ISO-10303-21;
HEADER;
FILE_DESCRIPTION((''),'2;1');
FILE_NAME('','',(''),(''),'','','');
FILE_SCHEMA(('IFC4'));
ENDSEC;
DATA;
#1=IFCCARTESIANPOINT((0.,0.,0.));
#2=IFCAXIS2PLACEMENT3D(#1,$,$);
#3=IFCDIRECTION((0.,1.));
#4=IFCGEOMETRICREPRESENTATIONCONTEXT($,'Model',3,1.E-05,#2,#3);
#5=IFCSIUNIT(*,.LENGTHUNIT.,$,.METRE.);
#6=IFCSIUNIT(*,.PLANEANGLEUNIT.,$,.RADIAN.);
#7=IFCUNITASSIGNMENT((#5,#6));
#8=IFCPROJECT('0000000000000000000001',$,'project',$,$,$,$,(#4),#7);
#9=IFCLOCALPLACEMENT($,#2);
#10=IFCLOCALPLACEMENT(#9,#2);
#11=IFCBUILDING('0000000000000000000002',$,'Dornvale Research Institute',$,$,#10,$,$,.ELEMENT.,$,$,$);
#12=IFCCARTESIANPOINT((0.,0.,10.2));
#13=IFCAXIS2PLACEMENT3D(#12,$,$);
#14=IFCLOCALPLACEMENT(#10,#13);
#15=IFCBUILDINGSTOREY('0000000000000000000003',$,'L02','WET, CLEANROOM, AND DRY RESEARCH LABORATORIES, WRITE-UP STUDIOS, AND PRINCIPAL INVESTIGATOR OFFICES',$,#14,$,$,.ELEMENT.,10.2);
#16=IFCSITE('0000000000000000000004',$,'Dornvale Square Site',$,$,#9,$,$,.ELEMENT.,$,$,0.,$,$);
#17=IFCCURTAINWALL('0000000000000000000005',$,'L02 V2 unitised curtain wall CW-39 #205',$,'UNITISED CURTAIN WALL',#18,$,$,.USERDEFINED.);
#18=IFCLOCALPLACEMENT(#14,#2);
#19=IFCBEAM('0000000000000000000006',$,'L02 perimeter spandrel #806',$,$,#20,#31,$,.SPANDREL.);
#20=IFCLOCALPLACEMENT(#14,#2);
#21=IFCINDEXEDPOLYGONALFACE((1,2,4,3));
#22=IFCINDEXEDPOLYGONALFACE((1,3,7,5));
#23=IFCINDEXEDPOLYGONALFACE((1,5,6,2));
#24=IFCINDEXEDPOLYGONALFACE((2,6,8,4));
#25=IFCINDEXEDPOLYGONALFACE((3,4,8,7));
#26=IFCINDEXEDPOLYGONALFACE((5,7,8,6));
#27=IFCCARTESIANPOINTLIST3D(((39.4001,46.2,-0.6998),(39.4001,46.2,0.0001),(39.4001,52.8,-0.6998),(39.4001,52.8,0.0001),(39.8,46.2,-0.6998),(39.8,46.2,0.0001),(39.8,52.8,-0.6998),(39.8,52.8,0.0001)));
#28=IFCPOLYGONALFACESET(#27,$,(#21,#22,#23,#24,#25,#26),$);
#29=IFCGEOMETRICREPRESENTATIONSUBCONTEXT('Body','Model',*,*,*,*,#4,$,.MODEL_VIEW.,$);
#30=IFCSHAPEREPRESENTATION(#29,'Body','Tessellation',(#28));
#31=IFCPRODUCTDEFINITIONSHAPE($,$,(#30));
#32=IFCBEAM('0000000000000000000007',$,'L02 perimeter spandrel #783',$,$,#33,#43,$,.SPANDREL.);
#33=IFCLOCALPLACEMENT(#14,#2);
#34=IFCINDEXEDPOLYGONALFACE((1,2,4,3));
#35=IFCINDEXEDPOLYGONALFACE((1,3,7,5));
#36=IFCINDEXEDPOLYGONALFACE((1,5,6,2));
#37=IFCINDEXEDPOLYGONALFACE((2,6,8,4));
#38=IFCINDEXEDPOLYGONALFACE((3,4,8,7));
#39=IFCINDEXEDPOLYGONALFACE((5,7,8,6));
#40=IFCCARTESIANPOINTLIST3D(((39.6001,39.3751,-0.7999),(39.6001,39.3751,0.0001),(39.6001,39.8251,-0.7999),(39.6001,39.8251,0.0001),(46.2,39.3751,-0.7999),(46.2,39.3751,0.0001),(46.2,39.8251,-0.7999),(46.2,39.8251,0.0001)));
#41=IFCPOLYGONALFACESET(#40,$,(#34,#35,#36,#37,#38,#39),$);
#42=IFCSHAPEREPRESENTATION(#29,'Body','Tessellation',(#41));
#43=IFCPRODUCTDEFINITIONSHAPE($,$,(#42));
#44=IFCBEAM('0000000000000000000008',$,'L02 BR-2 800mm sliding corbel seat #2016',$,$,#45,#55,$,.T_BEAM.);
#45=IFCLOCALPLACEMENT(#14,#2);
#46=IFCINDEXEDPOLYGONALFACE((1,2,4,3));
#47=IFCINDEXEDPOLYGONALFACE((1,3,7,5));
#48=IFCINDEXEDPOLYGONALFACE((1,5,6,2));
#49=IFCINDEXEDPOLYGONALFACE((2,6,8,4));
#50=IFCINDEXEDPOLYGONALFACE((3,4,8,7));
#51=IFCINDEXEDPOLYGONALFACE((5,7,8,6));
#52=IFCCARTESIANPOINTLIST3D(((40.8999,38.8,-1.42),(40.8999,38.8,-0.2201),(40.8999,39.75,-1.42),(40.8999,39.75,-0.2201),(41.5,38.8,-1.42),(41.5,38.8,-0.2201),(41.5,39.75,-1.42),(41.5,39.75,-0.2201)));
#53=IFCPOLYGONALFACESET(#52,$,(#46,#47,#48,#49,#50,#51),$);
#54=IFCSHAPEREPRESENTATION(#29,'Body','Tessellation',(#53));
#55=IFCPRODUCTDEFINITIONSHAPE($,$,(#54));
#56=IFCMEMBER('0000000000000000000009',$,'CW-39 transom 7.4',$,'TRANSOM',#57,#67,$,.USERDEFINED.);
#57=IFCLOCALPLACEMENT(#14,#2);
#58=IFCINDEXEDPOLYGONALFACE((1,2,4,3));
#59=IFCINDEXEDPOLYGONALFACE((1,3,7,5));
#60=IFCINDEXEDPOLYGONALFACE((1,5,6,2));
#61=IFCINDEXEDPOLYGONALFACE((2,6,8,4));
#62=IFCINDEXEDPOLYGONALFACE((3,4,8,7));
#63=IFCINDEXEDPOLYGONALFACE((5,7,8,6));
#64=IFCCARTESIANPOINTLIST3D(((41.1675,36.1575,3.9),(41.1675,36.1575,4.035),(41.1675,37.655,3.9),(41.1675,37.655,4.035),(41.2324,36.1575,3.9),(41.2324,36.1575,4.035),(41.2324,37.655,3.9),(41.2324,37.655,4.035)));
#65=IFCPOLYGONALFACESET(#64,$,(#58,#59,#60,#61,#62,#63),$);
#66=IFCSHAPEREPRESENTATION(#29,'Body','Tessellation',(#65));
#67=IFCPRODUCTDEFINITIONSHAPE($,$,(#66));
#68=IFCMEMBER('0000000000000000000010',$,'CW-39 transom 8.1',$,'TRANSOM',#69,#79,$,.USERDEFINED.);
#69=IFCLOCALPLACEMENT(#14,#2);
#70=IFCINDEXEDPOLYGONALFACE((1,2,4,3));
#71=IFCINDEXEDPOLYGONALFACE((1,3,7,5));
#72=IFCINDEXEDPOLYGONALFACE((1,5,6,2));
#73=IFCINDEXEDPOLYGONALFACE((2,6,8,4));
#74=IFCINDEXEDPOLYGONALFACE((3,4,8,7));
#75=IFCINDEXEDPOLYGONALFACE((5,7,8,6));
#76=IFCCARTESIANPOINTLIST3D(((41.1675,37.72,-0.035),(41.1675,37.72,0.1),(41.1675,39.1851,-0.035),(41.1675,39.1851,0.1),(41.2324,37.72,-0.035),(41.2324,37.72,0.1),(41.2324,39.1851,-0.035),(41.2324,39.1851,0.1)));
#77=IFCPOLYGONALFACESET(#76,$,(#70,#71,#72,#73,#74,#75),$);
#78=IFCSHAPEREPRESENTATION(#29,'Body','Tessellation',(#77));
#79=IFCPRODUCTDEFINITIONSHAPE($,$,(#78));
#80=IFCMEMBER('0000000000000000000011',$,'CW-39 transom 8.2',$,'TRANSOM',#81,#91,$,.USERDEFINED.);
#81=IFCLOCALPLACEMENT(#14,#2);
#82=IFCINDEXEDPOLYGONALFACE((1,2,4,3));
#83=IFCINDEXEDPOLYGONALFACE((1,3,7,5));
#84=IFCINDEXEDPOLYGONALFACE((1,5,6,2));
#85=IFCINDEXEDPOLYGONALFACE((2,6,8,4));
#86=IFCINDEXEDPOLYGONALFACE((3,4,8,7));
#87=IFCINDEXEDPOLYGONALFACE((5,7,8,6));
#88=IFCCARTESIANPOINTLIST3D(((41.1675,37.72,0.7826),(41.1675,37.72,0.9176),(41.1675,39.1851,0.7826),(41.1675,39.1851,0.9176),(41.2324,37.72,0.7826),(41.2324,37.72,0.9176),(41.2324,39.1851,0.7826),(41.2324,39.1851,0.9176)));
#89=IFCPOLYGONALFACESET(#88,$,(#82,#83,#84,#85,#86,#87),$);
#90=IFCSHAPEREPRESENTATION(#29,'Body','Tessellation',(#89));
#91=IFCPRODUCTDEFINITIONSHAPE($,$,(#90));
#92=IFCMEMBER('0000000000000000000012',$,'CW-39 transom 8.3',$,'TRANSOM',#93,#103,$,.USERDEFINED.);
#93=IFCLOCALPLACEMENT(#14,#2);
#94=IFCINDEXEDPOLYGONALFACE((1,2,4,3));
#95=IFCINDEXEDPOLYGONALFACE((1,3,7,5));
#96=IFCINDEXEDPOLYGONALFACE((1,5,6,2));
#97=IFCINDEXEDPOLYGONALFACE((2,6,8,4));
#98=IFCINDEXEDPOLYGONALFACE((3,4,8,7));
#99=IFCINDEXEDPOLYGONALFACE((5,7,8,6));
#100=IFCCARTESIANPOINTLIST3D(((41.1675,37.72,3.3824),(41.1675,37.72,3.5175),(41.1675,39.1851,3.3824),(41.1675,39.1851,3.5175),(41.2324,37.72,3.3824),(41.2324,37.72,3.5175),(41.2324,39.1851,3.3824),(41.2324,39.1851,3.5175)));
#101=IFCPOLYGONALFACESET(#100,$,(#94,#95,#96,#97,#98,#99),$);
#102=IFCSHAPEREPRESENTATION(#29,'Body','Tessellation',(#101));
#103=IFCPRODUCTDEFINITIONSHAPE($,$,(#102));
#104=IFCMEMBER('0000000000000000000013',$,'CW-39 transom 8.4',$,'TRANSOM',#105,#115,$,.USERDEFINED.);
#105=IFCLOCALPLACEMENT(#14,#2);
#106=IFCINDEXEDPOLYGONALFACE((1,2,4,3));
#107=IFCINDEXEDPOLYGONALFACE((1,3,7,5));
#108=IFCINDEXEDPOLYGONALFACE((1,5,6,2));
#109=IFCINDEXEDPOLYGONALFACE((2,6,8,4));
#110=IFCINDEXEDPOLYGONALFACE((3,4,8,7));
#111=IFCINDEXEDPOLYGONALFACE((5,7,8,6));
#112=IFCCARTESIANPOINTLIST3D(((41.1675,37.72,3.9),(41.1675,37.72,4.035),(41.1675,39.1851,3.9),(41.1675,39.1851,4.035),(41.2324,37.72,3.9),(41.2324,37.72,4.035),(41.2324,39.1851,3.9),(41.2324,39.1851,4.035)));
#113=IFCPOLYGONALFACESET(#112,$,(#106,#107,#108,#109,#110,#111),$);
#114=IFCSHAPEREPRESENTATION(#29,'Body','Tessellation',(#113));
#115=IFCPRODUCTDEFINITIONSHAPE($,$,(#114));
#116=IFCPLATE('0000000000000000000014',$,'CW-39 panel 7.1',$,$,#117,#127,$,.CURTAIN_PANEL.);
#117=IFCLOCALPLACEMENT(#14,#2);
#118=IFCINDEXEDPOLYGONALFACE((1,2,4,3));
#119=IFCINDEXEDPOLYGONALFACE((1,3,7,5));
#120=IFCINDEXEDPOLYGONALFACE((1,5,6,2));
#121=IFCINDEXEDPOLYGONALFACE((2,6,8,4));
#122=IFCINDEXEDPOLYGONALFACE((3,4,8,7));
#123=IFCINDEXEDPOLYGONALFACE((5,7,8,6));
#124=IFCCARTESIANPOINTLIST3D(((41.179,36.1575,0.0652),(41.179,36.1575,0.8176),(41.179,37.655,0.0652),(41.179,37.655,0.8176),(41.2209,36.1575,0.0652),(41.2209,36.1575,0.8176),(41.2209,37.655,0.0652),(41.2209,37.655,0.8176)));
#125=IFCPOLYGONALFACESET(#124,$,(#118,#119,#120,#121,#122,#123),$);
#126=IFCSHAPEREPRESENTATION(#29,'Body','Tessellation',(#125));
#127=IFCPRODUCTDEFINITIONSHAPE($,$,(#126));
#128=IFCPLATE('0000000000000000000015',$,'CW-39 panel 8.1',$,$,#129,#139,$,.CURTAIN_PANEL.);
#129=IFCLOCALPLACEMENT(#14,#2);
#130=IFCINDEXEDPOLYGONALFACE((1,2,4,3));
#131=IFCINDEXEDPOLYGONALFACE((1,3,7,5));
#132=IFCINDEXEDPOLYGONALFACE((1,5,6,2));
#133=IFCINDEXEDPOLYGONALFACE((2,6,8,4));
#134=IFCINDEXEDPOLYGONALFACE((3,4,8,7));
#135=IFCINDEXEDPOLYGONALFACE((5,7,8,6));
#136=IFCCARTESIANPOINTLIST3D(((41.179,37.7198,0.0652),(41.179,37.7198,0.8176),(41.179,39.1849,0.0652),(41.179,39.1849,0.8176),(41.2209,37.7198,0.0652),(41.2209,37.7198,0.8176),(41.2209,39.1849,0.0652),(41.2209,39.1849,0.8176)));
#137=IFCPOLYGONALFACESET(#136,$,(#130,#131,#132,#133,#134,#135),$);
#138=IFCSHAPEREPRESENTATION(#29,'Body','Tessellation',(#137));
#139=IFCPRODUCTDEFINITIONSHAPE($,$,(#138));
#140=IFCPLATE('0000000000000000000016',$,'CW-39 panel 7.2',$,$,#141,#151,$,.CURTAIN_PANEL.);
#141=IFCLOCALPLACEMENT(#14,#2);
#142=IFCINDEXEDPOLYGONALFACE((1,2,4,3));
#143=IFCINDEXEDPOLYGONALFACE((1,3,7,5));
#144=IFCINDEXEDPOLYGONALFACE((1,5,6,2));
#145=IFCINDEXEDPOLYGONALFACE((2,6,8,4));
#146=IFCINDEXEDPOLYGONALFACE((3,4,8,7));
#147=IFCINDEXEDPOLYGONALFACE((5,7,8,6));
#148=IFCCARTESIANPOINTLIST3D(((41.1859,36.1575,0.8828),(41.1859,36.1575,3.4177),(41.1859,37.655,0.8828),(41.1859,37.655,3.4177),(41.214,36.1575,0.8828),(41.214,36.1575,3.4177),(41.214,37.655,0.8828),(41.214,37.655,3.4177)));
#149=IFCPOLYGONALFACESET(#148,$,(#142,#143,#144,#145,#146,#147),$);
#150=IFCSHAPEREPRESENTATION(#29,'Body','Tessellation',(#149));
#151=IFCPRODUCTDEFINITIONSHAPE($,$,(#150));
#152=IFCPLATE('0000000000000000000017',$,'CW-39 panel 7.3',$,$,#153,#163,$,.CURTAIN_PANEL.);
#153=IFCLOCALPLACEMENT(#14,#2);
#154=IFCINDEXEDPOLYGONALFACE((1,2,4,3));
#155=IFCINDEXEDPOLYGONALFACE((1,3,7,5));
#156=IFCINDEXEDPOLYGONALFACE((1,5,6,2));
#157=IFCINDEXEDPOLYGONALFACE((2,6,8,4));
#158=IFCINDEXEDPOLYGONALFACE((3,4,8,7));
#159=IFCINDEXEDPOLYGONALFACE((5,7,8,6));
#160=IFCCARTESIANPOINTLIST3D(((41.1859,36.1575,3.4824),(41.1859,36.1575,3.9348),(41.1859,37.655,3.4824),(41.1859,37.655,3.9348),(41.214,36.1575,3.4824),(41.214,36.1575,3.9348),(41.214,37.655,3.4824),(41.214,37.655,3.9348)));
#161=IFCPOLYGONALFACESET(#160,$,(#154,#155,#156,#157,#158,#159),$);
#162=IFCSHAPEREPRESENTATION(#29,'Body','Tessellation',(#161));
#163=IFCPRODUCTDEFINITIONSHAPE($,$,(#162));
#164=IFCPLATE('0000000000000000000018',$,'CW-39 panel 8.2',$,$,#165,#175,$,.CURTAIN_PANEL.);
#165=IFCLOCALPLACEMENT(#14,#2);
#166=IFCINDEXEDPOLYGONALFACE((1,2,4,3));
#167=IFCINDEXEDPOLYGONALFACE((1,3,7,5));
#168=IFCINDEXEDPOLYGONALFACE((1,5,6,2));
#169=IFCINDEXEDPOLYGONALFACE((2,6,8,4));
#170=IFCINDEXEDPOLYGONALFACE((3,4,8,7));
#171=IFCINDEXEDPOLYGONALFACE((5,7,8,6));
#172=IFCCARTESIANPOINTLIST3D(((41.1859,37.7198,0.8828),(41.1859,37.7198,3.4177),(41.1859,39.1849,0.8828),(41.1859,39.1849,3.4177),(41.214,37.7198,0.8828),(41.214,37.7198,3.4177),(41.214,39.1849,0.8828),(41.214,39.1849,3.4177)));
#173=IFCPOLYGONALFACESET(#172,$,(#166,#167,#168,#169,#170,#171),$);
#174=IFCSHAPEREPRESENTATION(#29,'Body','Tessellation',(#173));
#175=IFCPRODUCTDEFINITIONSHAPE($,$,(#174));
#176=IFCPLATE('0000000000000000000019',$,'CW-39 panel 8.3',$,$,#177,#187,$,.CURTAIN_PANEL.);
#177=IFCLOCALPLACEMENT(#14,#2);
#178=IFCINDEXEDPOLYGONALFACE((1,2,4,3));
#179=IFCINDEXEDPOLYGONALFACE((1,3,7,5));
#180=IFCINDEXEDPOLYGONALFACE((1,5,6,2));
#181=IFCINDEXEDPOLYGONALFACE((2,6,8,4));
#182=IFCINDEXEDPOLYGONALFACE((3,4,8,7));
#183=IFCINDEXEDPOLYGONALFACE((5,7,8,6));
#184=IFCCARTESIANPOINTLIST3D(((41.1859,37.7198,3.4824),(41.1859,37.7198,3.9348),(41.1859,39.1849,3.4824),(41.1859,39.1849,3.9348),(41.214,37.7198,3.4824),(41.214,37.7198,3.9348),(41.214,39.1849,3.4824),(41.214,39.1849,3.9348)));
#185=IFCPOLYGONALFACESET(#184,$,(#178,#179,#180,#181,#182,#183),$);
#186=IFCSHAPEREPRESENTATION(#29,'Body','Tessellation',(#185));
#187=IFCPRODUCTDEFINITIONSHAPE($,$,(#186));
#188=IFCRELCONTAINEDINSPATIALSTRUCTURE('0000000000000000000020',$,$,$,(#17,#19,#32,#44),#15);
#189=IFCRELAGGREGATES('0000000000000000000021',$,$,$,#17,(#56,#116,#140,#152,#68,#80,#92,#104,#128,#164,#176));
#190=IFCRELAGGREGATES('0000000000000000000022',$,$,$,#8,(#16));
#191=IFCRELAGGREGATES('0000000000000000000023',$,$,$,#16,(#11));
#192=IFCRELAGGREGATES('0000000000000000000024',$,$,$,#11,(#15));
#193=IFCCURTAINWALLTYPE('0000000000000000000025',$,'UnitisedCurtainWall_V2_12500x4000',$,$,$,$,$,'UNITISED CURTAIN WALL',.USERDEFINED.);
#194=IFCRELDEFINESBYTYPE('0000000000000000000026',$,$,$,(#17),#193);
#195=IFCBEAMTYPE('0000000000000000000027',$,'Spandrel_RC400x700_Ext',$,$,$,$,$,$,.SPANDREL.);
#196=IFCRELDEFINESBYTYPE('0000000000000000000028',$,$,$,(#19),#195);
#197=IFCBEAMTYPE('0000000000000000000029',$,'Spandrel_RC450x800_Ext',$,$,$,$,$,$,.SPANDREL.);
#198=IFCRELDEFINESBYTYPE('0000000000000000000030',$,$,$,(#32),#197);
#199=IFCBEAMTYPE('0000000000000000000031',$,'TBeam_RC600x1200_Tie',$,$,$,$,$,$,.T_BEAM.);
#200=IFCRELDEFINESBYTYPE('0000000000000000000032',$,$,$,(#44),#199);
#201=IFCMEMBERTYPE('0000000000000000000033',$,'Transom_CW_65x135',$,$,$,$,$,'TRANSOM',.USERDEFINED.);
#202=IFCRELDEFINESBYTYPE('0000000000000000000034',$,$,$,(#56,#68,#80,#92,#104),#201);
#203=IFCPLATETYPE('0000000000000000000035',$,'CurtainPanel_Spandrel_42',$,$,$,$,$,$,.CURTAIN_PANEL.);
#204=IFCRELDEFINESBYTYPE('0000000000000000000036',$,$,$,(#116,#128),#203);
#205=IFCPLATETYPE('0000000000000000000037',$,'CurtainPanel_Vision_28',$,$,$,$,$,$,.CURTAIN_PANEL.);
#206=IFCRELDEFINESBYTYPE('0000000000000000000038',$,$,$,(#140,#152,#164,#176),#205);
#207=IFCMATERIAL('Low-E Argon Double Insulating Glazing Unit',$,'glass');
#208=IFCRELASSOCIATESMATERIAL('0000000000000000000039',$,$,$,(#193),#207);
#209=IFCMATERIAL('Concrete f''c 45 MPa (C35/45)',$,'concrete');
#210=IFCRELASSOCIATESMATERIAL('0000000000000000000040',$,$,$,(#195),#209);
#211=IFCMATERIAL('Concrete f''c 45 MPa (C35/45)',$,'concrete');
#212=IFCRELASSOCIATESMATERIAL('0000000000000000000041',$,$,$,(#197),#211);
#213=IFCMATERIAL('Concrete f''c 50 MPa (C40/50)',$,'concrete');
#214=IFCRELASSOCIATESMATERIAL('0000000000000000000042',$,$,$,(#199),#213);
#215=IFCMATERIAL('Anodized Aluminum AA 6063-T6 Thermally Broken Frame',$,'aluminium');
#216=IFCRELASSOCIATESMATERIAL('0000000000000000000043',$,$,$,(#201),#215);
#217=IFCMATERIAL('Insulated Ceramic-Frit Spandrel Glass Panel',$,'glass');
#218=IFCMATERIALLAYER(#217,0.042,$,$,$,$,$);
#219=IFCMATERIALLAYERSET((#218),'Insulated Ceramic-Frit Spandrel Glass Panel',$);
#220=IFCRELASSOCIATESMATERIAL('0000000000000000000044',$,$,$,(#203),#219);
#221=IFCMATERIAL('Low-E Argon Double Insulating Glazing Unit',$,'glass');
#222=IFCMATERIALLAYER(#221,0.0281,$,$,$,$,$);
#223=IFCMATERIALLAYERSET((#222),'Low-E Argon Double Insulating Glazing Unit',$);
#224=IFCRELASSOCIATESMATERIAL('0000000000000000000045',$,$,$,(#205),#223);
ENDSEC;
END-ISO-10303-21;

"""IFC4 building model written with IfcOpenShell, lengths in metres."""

from ifc_helpers import new_model, si_unit, direction, frame, origin, origin_2d, place, context, subcontext, project, spatial, rectangle, extrude, material, layer, layer_set, material_profile, profile_set, type_object, element, aggregate, save


model = new_model("IFC4")

# Units and contexts
model_context = context("Model", 3, precision=1e-05, world=origin(), true_north=direction((0.0, 1.0)))
body_context = subcontext(model_context, "Body", "Model", "MODEL_VIEW")
ifc_project = project(units=[si_unit("LENGTHUNIT", "METRE"), si_unit("PLANEANGLEUNIT", "RADIAN")], contexts=[model_context])

# Site, building, storey
site_placement = place(None, origin())
site = spatial("IfcSite", under=ifc_project, at=site_placement, Name="Dornvale Square Site", CompositionType="ELEMENT", RefElevation=0.0)
building_placement = place(site_placement, origin())
building = spatial("IfcBuilding", under=site, at=building_placement, Name="Dornvale Research Institute", CompositionType="ELEMENT")
storey_placement = place(building_placement, frame((0.0, 0.0, 10.2)))
storey = spatial("IfcBuildingStorey", under=building, at=storey_placement, Name="L02", Description="WET, CLEANROOM, AND DRY RESEARCH LABORATORIES, WRITE-UP STUDIOS, AND PRINCIPAL INVESTIGATOR OFFICES", CompositionType="ELEMENT", Elevation=10.2)

# Curtain wall
ifc_material_1 = material(Name="Low-E Argon Double Insulating Glazing Unit", Category="glass")
curtain_wall_type = type_object("IfcCurtainWallType", Name="UnitisedCurtainWall_V2_12500x4000", ElementType="UNITISED CURTAIN WALL", PredefinedType="USERDEFINED", material=ifc_material_1)
curtain_wall_placement = place(storey_placement, origin())
curtain_wall = element("IfcCurtainWall", 1, at=curtain_wall_placement, inside=storey, type_object=curtain_wall_type, Name="L02 V2 unitised curtain wall CW-39 #205", ObjectType="UNITISED CURTAIN WALL", PredefinedType="USERDEFINED")

# Beams
ifc_material_2 = material(Name="Concrete f'c 45 MPa (C35/45)", Category="concrete")
ifc_material_profile_1 = material_profile(ifc_material_2, rectangle(XDim=0.3999, YDim=0.7, at=origin_2d()), Name="RC 400x700")
ifc_profile_set_1 = profile_set([ifc_material_profile_1], Name="Concrete f'c 45 MPa (C35/45)")
beam_type_1 = type_object("IfcBeamType", Name="Spandrel_RC400x700_Ext", PredefinedType="SPANDREL", material=ifc_profile_set_1)
beam_1_placement = place(storey_placement, frame((39.6001, 46.2, -0.3499), z_axis=(0.0, 1.0, 0.0), x_axis=(-1.0, 0.0, 0.0)))
element("IfcBeam", 2, at=beam_1_placement, inside=storey, type_object=beam_type_1, Name="L02 perimeter spandrel #806", PredefinedType="SPANDREL", context=body_context, shape_type="SweptSolid", body=[
    extrude(rectangle(XDim=0.3999, YDim=0.7, at=origin_2d()), origin(), (0.0, 0.0, 1.0), 6.6001),
])
ifc_material_3 = material(Name="Concrete f'c 45 MPa (C35/45)", Category="concrete")
ifc_material_profile_2 = material_profile(ifc_material_3, rectangle(XDim=0.45, YDim=0.8, at=origin_2d()), Name="RC 450x800")
ifc_profile_set_2 = profile_set([ifc_material_profile_2], Name="Concrete f'c 45 MPa (C35/45)")
beam_type_2 = type_object("IfcBeamType", Name="Spandrel_RC450x800_Ext", PredefinedType="SPANDREL", material=ifc_profile_set_2)
beam_2_placement = place(storey_placement, frame((39.6001, 39.6001, -0.3999), z_axis=(1.0, 0.0, 0.0), x_axis=(0.0, 1.0, 0.0)))
element("IfcBeam", 3, at=beam_2_placement, inside=storey, type_object=beam_type_2, Name="L02 perimeter spandrel #783", PredefinedType="SPANDREL", context=body_context, shape_type="SweptSolid", body=[
    extrude(rectangle(XDim=0.45, YDim=0.8, at=origin_2d()), origin(), (0.0, 0.0, 1.0), 6.5999),
])
ifc_material_4 = material(Name="Concrete f'c 50 MPa (C40/50)", Category="concrete")
ifc_material_profile_3 = material_profile(ifc_material_4, rectangle(XDim=0.6001, YDim=1.2, at=origin_2d()), Name="RC 600x1200")
ifc_profile_set_3 = profile_set([ifc_material_profile_3], Name="Concrete f'c 50 MPa (C40/50)")
beam_type_3 = type_object("IfcBeamType", Name="TBeam_RC600x1200_Tie", PredefinedType="T_BEAM", material=ifc_profile_set_3)
beam_3_placement = place(storey_placement, frame((41.2, 38.8, -0.8201), z_axis=(0.0, 1.0, 0.0), x_axis=(-1.0, 0.0, 0.0)))
element("IfcBeam", 4, at=beam_3_placement, inside=storey, type_object=beam_type_3, Name="L02 BR-2 800mm sliding corbel seat #2016", PredefinedType="T_BEAM", context=body_context, shape_type="SweptSolid", body=[
    extrude(rectangle(XDim=0.6001, YDim=1.2, at=origin_2d()), origin(), (0.0, 0.0, 1.0), 0.95),
])

# Members
ifc_material_5 = material(Name="Anodized Aluminum AA 6063-T6 Thermally Broken Frame", Category="aluminium")
ifc_material_profile_4 = material_profile(ifc_material_5, rectangle(XDim=0.0649, YDim=0.135, at=origin_2d()), Name="ALU TRANSOM 65x135")
ifc_profile_set_4 = profile_set([ifc_material_profile_4], Name="Anodized Aluminum AA 6063-T6 Thermally Broken Frame")
member_type_1 = type_object("IfcMemberType", Name="Transom_CW_65x135", ElementType="TRANSOM", PredefinedType="USERDEFINED", material=ifc_profile_set_4)
member_1_placement = place(storey_placement, frame((41.2, 36.1575, 3.9675), z_axis=(0.0, 1.0, 0.0), x_axis=(-1.0, 0.0, 0.0)))
member_1 = element("IfcMember", 5, at=member_1_placement, type_object=member_type_1, Name="CW-39 transom 7.4", ObjectType="TRANSOM", PredefinedType="USERDEFINED", context=body_context, shape_type="SweptSolid", body=[
    extrude(rectangle(XDim=0.0649, YDim=0.135, at=origin_2d()), origin(), (0.0, 0.0, 1.0), 1.4976),
])
member_2_placement = place(storey_placement, frame((41.2, 37.72, 0.0325), z_axis=(0.0, 1.0, 0.0), x_axis=(-1.0, 0.0, 0.0)))
member_2 = element("IfcMember", 6, at=member_2_placement, type_object=member_type_1, Name="CW-39 transom 8.1", ObjectType="TRANSOM", PredefinedType="USERDEFINED", context=body_context, shape_type="SweptSolid", body=[
    extrude(rectangle(XDim=0.0649, YDim=0.135, at=origin_2d()), origin(), (0.0, 0.0, 1.0), 1.4651),
])
member_3_placement = place(storey_placement, frame((41.2, 37.72, 0.8501), z_axis=(0.0, 1.0, 0.0), x_axis=(-1.0, 0.0, 0.0)))
member_3 = element("IfcMember", 7, at=member_3_placement, type_object=member_type_1, Name="CW-39 transom 8.2", ObjectType="TRANSOM", PredefinedType="USERDEFINED", context=body_context, shape_type="SweptSolid", body=[
    extrude(rectangle(XDim=0.0649, YDim=0.135, at=origin_2d()), origin(), (0.0, 0.0, 1.0), 1.4651),
])
member_4_placement = place(storey_placement, frame((41.2, 37.72, 3.45), z_axis=(0.0, 1.0, 0.0), x_axis=(-1.0, 0.0, 0.0)))
member_4 = element("IfcMember", 8, at=member_4_placement, type_object=member_type_1, Name="CW-39 transom 8.3", ObjectType="TRANSOM", PredefinedType="USERDEFINED", context=body_context, shape_type="SweptSolid", body=[
    extrude(rectangle(XDim=0.0649, YDim=0.135, at=origin_2d()), origin(), (0.0, 0.0, 1.0), 1.4651),
])
member_5_placement = place(storey_placement, frame((41.2, 37.72, 3.9675), z_axis=(0.0, 1.0, 0.0), x_axis=(-1.0, 0.0, 0.0)))
member_5 = element("IfcMember", 9, at=member_5_placement, type_object=member_type_1, Name="CW-39 transom 8.4", ObjectType="TRANSOM", PredefinedType="USERDEFINED", context=body_context, shape_type="SweptSolid", body=[
    extrude(rectangle(XDim=0.0649, YDim=0.135, at=origin_2d()), origin(), (0.0, 0.0, 1.0), 1.4651),
])

# Plates
ifc_material_6 = material(Name="Insulated Ceramic-Frit Spandrel Glass Panel", Category="glass")
ifc_layer_1 = layer(ifc_material_6, 0.042)
ifc_layer_set_1 = layer_set([ifc_layer_1], Name="Insulated Ceramic-Frit Spandrel Glass Panel")
plate_type_1 = type_object("IfcPlateType", Name="CurtainPanel_Spandrel_42", PredefinedType="CURTAIN_PANEL", material=ifc_layer_set_1)
plate_1_placement = place(storey_placement, frame((41.2, 36.9062, 0.0652), z_axis=(0.0, 0.0, 1.0), x_axis=(0.0, 1.0, 0.0)))
plate_1 = element("IfcPlate", 10, at=plate_1_placement, type_object=plate_type_1, Name="CW-39 panel 7.1", PredefinedType="CURTAIN_PANEL", context=body_context, shape_type="SweptSolid", body=[
    extrude(rectangle(XDim=1.4976, YDim=0.042, at=origin_2d()), origin(), (0.0, 0.0, 1.0), 0.7524),
])
plate_2_placement = place(storey_placement, frame((41.2, 38.4524, 0.0652), z_axis=(0.0, 0.0, 1.0), x_axis=(0.0, 1.0, 0.0)))
plate_2 = element("IfcPlate", 11, at=plate_2_placement, type_object=plate_type_1, Name="CW-39 panel 8.1", PredefinedType="CURTAIN_PANEL", context=body_context, shape_type="SweptSolid", body=[
    extrude(rectangle(XDim=1.4651, YDim=0.042, at=origin_2d()), origin(), (0.0, 0.0, 1.0), 0.7524),
])
ifc_material_7 = material(Name="Low-E Argon Double Insulating Glazing Unit", Category="glass")
ifc_layer_2 = layer(ifc_material_7, 0.0281)
ifc_layer_set_2 = layer_set([ifc_layer_2], Name="Low-E Argon Double Insulating Glazing Unit")
plate_type_2 = type_object("IfcPlateType", Name="CurtainPanel_Vision_28", PredefinedType="CURTAIN_PANEL", material=ifc_layer_set_2)
plate_3_placement = place(storey_placement, frame((41.2, 36.9062, 0.8828), z_axis=(0.0, 0.0, 1.0), x_axis=(0.0, 1.0, 0.0)))
plate_3 = element("IfcPlate", 12, at=plate_3_placement, type_object=plate_type_2, Name="CW-39 panel 7.2", PredefinedType="CURTAIN_PANEL", context=body_context, shape_type="SweptSolid", body=[
    extrude(rectangle(XDim=1.4976, YDim=0.0281, at=origin_2d()), origin(), (0.0, 0.0, 1.0), 2.5349),
])
plate_4_placement = place(storey_placement, frame((41.2, 36.9062, 3.4824), z_axis=(0.0, 0.0, 1.0), x_axis=(0.0, 1.0, 0.0)))
plate_4 = element("IfcPlate", 13, at=plate_4_placement, type_object=plate_type_2, Name="CW-39 panel 7.3", PredefinedType="CURTAIN_PANEL", context=body_context, shape_type="SweptSolid", body=[
    extrude(rectangle(XDim=1.4976, YDim=0.0281, at=origin_2d()), origin(), (0.0, 0.0, 1.0), 0.4524),
])
plate_5_placement = place(storey_placement, frame((41.2, 38.4524, 0.8828), z_axis=(0.0, 0.0, 1.0), x_axis=(0.0, 1.0, 0.0)))
plate_5 = element("IfcPlate", 14, at=plate_5_placement, type_object=plate_type_2, Name="CW-39 panel 8.2", PredefinedType="CURTAIN_PANEL", context=body_context, shape_type="SweptSolid", body=[
    extrude(rectangle(XDim=1.4651, YDim=0.0281, at=origin_2d()), origin(), (0.0, 0.0, 1.0), 2.5349),
])
plate_6_placement = place(storey_placement, frame((41.2, 38.4524, 3.4824), z_axis=(0.0, 0.0, 1.0), x_axis=(0.0, 1.0, 0.0)))
plate_6 = element("IfcPlate", 15, at=plate_6_placement, type_object=plate_type_2, Name="CW-39 panel 8.3", PredefinedType="CURTAIN_PANEL", context=body_context, shape_type="SweptSolid", body=[
    extrude(rectangle(XDim=1.4651, YDim=0.0281, at=origin_2d()), origin(), (0.0, 0.0, 1.0), 0.4524),
])
aggregate(curtain_wall, [member_1, plate_1, plate_3, plate_4, member_2, member_3, member_4, member_5, plate_2, plate_5, plate_6])

save(model, "model.ifc")
